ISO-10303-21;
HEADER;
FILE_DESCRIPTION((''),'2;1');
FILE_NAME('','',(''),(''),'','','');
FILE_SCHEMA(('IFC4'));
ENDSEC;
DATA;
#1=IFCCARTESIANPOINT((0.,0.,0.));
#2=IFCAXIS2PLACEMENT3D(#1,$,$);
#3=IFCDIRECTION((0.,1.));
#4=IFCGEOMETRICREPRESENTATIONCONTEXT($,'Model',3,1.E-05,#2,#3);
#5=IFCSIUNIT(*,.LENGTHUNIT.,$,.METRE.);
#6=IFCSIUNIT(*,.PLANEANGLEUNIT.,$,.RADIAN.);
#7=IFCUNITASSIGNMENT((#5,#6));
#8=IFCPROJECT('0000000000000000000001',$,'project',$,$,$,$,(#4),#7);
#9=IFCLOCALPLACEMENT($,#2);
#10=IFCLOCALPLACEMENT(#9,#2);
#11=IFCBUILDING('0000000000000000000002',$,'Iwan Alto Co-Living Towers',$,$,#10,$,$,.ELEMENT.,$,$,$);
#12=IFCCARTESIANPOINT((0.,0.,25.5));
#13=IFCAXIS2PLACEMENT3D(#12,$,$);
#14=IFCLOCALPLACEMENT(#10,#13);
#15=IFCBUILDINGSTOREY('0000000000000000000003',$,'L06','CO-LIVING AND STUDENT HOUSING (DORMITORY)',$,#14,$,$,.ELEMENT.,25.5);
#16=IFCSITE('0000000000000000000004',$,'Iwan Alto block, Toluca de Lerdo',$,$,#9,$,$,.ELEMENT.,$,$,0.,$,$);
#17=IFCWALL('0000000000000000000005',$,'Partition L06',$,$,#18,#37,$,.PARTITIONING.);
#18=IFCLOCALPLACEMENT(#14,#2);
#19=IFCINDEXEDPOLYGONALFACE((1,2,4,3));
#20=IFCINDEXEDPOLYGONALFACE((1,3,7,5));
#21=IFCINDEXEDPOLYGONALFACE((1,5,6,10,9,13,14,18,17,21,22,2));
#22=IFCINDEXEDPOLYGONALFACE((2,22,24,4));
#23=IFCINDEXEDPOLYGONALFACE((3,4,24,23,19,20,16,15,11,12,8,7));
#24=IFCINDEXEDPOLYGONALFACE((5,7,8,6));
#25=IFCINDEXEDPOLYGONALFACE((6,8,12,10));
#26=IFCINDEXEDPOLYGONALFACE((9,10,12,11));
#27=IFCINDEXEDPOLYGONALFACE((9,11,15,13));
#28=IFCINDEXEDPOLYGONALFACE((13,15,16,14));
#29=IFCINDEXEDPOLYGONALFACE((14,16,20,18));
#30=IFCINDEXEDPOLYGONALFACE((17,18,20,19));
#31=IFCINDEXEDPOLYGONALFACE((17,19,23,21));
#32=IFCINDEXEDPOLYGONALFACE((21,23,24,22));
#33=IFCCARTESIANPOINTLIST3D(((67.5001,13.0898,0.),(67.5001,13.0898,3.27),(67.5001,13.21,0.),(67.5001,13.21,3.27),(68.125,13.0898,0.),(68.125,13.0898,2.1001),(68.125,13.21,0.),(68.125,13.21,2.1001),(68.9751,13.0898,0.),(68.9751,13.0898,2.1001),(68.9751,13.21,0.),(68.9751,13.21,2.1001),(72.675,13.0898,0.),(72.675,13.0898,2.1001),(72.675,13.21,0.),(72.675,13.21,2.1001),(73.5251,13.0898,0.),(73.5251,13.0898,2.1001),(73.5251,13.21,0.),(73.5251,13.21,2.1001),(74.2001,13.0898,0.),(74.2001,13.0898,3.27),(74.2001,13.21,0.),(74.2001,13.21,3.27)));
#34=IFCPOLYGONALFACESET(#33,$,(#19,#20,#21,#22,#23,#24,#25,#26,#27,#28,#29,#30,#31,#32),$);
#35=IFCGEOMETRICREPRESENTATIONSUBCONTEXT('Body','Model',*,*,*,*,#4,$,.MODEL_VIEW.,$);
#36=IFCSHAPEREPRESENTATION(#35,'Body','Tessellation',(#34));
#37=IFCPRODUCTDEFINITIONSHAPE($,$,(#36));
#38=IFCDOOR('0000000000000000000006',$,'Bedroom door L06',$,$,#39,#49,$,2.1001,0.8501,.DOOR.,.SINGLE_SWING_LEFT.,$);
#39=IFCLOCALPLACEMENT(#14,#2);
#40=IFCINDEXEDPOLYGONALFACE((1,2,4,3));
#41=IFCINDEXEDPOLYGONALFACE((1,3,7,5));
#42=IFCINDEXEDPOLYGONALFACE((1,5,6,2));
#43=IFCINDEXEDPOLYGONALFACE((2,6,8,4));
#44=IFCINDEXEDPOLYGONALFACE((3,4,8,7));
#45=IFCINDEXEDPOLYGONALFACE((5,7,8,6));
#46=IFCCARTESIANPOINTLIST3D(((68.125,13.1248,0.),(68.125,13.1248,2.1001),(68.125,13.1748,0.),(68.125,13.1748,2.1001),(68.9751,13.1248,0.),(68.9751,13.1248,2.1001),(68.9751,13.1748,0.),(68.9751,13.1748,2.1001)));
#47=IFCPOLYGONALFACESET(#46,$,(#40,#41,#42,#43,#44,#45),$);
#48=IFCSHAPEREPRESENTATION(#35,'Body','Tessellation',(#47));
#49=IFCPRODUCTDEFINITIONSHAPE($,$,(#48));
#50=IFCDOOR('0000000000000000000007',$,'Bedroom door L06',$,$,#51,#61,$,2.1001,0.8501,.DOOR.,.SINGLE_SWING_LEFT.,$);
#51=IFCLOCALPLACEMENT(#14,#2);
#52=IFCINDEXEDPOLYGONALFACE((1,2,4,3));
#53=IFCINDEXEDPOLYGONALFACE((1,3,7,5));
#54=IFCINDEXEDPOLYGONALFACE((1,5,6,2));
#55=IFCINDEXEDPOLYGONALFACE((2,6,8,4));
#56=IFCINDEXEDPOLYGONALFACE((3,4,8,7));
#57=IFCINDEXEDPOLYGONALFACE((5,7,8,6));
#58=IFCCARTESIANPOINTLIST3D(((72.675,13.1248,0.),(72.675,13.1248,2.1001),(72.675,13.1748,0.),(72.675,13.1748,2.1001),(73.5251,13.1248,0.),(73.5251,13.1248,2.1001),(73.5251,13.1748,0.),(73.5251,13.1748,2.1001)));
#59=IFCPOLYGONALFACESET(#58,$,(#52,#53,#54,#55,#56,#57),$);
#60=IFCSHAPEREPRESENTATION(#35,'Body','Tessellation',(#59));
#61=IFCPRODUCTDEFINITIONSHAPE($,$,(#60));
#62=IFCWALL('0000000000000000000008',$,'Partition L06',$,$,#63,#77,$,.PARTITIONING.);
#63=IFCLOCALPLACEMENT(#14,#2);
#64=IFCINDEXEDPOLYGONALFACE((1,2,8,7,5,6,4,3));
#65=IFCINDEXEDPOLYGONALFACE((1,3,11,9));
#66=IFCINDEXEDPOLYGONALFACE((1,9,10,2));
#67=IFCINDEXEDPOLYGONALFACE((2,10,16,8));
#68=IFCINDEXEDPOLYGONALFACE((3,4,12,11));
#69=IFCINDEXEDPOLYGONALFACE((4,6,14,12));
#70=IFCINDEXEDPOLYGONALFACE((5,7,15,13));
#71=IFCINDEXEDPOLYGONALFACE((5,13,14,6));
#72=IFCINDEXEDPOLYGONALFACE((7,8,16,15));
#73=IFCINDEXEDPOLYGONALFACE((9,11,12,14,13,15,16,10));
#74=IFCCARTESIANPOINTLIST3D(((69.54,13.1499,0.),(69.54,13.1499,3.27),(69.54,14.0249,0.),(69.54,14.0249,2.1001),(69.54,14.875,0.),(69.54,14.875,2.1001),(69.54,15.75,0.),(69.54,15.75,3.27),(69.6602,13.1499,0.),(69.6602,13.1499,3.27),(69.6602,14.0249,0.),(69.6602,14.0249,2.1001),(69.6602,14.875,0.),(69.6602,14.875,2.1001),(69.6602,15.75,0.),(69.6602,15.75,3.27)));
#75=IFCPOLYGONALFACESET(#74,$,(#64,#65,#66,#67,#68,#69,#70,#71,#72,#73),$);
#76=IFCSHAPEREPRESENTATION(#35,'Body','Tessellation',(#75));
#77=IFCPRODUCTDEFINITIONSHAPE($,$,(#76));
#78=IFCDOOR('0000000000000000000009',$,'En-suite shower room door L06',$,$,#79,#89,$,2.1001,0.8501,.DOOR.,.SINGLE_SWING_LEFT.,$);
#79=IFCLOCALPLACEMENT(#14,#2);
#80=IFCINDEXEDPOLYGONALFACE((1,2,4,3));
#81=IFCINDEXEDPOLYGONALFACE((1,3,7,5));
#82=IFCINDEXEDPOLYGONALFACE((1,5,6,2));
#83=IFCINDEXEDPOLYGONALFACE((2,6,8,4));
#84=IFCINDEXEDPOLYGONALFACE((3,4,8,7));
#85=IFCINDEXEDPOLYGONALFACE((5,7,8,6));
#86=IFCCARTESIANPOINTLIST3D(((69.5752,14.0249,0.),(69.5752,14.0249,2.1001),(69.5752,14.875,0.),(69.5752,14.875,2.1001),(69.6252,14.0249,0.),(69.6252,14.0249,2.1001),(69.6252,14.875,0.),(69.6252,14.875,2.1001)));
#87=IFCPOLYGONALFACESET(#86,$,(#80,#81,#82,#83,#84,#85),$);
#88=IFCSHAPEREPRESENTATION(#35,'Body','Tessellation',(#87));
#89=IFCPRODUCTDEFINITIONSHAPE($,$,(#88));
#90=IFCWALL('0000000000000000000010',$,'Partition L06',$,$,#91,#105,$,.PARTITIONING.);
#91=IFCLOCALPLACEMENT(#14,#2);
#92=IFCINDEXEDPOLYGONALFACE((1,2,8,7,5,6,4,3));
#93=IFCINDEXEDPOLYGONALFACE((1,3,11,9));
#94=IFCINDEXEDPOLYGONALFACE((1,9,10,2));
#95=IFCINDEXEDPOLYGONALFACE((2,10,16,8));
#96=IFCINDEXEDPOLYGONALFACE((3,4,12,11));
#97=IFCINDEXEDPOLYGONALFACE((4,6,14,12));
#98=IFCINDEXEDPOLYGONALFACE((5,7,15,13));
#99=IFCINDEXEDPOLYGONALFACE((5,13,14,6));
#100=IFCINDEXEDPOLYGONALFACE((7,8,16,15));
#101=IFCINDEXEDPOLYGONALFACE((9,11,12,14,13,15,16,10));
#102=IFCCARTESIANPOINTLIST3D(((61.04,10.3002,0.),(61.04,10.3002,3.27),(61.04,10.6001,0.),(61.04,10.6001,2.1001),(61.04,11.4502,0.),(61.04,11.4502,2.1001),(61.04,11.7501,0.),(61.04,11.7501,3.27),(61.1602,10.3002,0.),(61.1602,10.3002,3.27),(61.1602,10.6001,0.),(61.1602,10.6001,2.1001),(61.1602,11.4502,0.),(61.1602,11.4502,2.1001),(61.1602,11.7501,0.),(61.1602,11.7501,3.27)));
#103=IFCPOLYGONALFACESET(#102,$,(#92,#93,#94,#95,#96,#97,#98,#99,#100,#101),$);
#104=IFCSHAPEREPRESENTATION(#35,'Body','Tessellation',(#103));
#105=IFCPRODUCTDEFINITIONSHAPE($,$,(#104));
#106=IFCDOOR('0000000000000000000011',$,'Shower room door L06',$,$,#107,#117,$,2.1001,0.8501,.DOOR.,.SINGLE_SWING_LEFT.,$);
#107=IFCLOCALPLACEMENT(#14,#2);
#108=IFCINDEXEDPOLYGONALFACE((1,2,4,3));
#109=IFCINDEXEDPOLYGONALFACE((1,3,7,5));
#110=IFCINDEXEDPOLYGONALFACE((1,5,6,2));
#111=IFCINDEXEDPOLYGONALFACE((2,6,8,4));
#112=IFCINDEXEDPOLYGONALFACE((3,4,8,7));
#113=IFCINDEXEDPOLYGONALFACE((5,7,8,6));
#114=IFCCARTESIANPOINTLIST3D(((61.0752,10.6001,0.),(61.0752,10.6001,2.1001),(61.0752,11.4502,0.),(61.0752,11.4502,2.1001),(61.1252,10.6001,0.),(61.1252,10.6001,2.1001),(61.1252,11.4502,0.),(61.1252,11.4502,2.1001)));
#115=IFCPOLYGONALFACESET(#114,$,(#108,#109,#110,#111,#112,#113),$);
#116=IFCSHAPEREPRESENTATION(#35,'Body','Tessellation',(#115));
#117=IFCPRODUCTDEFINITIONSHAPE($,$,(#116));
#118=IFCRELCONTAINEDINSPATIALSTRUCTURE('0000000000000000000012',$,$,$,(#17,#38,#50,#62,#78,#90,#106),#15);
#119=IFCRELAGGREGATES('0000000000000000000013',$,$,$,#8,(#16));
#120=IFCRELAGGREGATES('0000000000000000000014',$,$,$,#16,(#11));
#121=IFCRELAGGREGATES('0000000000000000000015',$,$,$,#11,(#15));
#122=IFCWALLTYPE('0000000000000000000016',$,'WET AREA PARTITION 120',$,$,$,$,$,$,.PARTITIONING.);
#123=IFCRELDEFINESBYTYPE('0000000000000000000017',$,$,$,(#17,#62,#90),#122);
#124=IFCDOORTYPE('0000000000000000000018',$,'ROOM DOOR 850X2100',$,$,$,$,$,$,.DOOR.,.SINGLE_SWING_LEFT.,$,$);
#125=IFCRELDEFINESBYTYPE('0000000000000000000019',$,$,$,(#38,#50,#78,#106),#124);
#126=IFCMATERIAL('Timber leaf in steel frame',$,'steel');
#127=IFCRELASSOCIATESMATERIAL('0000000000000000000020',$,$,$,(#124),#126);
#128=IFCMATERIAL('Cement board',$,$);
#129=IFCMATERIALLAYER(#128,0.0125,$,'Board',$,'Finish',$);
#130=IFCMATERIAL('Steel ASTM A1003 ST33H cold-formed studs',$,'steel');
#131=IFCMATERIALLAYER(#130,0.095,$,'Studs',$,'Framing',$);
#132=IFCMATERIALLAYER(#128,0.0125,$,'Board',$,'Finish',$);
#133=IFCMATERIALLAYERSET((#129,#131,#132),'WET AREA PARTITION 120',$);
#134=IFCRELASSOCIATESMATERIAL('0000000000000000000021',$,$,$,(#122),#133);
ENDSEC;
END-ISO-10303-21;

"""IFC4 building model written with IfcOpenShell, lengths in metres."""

from ifc_helpers import new_model, si_unit, direction, frame, frame_2d, origin, place, context, subcontext, project, spatial, rectangle, extrude, material, layer, layer_set, type_object, element, fill, save


model = new_model("IFC4")

# Units and contexts
model_context = context("Model", 3, precision=1e-05, world=origin(), true_north=direction((0.0, 1.0)))
body_context = subcontext(model_context, "Body", "Model", "MODEL_VIEW")
ifc_project = project(units=[si_unit("LENGTHUNIT", "METRE"), si_unit("PLANEANGLEUNIT", "RADIAN")], contexts=[model_context])

# Site, building, storey
site_placement = place(None, origin())
site = spatial("IfcSite", under=ifc_project, at=site_placement, Name="Iwan Alto block, Toluca de Lerdo", CompositionType="ELEMENT", RefElevation=0.0)
building_placement = place(site_placement, origin())
building = spatial("IfcBuilding", under=site, at=building_placement, Name="Iwan Alto Co-Living Towers", CompositionType="ELEMENT")
storey_placement = place(building_placement, frame((0.0, 0.0, 25.5)))
storey = spatial("IfcBuildingStorey", under=building, at=storey_placement, Name="L06", Description="CO-LIVING AND STUDENT HOUSING (DORMITORY)", CompositionType="ELEMENT", Elevation=25.5)

# Shared definitions
ifc_material_1 = material(Name="Steel ASTM A1003 ST33H cold-formed studs", Category="steel")
ifc_material_2 = material(Name="Timber leaf in steel frame", Category="steel")
door_type_1 = type_object("IfcDoorType", Name="ROOM DOOR 850X2100", OperationType="SINGLE_SWING_LEFT", PredefinedType="DOOR", material=ifc_material_2)

# Wall, openings, doors
ifc_material_3 = material(Name="Cement board")
ifc_layer_1 = layer(ifc_material_3, 0.0125, Name="Board", Category="Finish")
ifc_layer_2 = layer(ifc_material_1, 0.095, Name="Studs", Category="Framing")
ifc_layer_3 = layer(ifc_material_3, 0.0125, Name="Board", Category="Finish")
ifc_layer_set_1 = layer_set([ifc_layer_1, ifc_layer_2, ifc_layer_3], Name="WET AREA PARTITION 120")
wall_type_1 = type_object("IfcWallType", Name="WET AREA PARTITION 120", PredefinedType="PARTITIONING", material=ifc_layer_set_1)
wall_1_placement = place(storey_placement, frame((67.5, 13.1499, 0.0), z_axis=(0.0, 0.0, 1.0), x_axis=(1.0, 0.0, 0.0)))
wall_1 = element("IfcWall", 1, at=wall_1_placement, inside=storey, type_object=wall_type_1, Name="Partition L06", PredefinedType="PARTITIONING", context=body_context, shape_type="SweptSolid", body=[
    extrude(rectangle(XDim=6.7, YDim=0.1201, at=frame_2d((3.3501, 0.0))), origin(), (0.0, 0.0, 1.0), 3.27),
])
opening_1_placement = place(wall_1_placement, frame((0.625, 0.0, 0.0)))
opening_1 = element("IfcOpeningElement", 2, at=opening_1_placement, cuts=wall_1, PredefinedType="OPENING", context=body_context, shape_type="SweptSolid", body=[
    extrude(rectangle(XDim=0.8501, YDim=2.1001, at=frame_2d((0.425, 1.05))), frame((0.0, 0.0701, 0.0), z_axis=(0.0, -1.0, 0.0), x_axis=(1.0, 0.0, 0.0)), (0.0, 0.0, 1.0), 0.1401),
])
opening_2_placement = place(wall_1_placement, frame((5.175, 0.0, 0.0)))
opening_2 = element("IfcOpeningElement", 3, at=opening_2_placement, cuts=wall_1, PredefinedType="OPENING", context=body_context, shape_type="SweptSolid", body=[
    extrude(rectangle(XDim=0.8501, YDim=2.1001, at=frame_2d((0.425, 1.05))), frame((0.0, 0.0701, 0.0), z_axis=(0.0, -1.0, 0.0), x_axis=(1.0, 0.0, 0.0)), (0.0, 0.0, 1.0), 0.1401),
])
door_1_placement = place(opening_1_placement, origin())
door_1 = element("IfcDoor", 4, at=door_1_placement, inside=storey, type_object=door_type_1, Name="Bedroom door L06", OperationType="SINGLE_SWING_LEFT", OverallHeight=2.1001, OverallWidth=0.8501, PredefinedType="DOOR", context=body_context, shape_type="SweptSolid", body=[
    extrude(rectangle(XDim=0.8501, YDim=2.1001, at=frame_2d((0.425, 1.05))), frame((0.0, 0.0249, 0.0), z_axis=(0.0, -1.0, 0.0), x_axis=(1.0, 0.0, 0.0)), (0.0, 0.0, 1.0), 0.05),
])
fill(opening_1, door_1)
door_2_placement = place(opening_2_placement, origin())
door_2 = element("IfcDoor", 5, at=door_2_placement, inside=storey, type_object=door_type_1, Name="Bedroom door L06", OperationType="SINGLE_SWING_LEFT", OverallHeight=2.1001, OverallWidth=0.8501, PredefinedType="DOOR", context=body_context, shape_type="SweptSolid", body=[
    extrude(rectangle(XDim=0.8501, YDim=2.1001, at=frame_2d((0.425, 1.05))), frame((0.0, 0.0249, 0.0), z_axis=(0.0, -1.0, 0.0), x_axis=(1.0, 0.0, 0.0)), (0.0, 0.0, 1.0), 0.05),
])
fill(opening_2, door_2)

# Walls, openings, doors
wall_2_placement = place(storey_placement, frame((69.6001, 13.1499, 0.0), z_axis=(0.0, 0.0, 1.0), x_axis=(0.0, 1.0, 0.0)))
wall_2 = element("IfcWall", 6, at=wall_2_placement, inside=storey, type_object=wall_type_1, Name="Partition L06", PredefinedType="PARTITIONING", context=body_context, shape_type="SweptSolid", body=[
    extrude(rectangle(XDim=2.6001, YDim=0.1201, at=frame_2d((1.3, 0.0))), origin(), (0.0, 0.0, 1.0), 3.27),
])
opening_3_placement = place(wall_2_placement, frame((0.875, 0.0, 0.0)))
opening_3 = element("IfcOpeningElement", 7, at=opening_3_placement, cuts=wall_2, PredefinedType="OPENING", context=body_context, shape_type="SweptSolid", body=[
    extrude(rectangle(XDim=0.8501, YDim=2.1001, at=frame_2d((0.425, 1.05))), frame((0.0, 0.0701, 0.0), z_axis=(0.0, -1.0, 0.0), x_axis=(1.0, 0.0, 0.0)), (0.0, 0.0, 1.0), 0.1401),
])
door_3_placement = place(opening_3_placement, origin())
door_3 = element("IfcDoor", 8, at=door_3_placement, inside=storey, type_object=door_type_1, Name="En-suite shower room door L06", OperationType="SINGLE_SWING_LEFT", OverallHeight=2.1001, OverallWidth=0.8501, PredefinedType="DOOR", context=body_context, shape_type="SweptSolid", body=[
    extrude(rectangle(XDim=0.8501, YDim=2.1001, at=frame_2d((0.425, 1.05))), frame((0.0, 0.0249, 0.0), z_axis=(0.0, -1.0, 0.0), x_axis=(1.0, 0.0, 0.0)), (0.0, 0.0, 1.0), 0.05),
])
fill(opening_3, door_3)
wall_3_placement = place(storey_placement, frame((61.1001, 10.3, 0.0), z_axis=(0.0, 0.0, 1.0), x_axis=(0.0, 1.0, 0.0)))
wall_3 = element("IfcWall", 9, at=wall_3_placement, inside=storey, type_object=wall_type_1, Name="Partition L06", PredefinedType="PARTITIONING", context=body_context, shape_type="SweptSolid", body=[
    extrude(rectangle(XDim=1.45, YDim=0.1201, at=frame_2d((0.7251, 0.0))), origin(), (0.0, 0.0, 1.0), 3.27),
])
opening_4_placement = place(wall_3_placement, frame((0.3, 0.0, 0.0)))
opening_4 = element("IfcOpeningElement", 10, at=opening_4_placement, cuts=wall_3, PredefinedType="OPENING", context=body_context, shape_type="SweptSolid", body=[
    extrude(rectangle(XDim=0.8501, YDim=2.1001, at=frame_2d((0.425, 1.05))), frame((0.0, 0.0701, 0.0), z_axis=(0.0, -1.0, 0.0), x_axis=(1.0, 0.0, 0.0)), (0.0, 0.0, 1.0), 0.1401),
])
door_4_placement = place(opening_4_placement, origin())
door_4 = element("IfcDoor", 11, at=door_4_placement, inside=storey, type_object=door_type_1, Name="Shower room door L06", OperationType="SINGLE_SWING_LEFT", OverallHeight=2.1001, OverallWidth=0.8501, PredefinedType="DOOR", context=body_context, shape_type="SweptSolid", body=[
    extrude(rectangle(XDim=0.8501, YDim=2.1001, at=frame_2d((0.425, 1.05))), frame((0.0, 0.0249, 0.0), z_axis=(0.0, -1.0, 0.0), x_axis=(1.0, 0.0, 0.0)), (0.0, 0.0, 1.0), 0.05),
])
fill(opening_4, door_4)

save(model, "model.ifc")
